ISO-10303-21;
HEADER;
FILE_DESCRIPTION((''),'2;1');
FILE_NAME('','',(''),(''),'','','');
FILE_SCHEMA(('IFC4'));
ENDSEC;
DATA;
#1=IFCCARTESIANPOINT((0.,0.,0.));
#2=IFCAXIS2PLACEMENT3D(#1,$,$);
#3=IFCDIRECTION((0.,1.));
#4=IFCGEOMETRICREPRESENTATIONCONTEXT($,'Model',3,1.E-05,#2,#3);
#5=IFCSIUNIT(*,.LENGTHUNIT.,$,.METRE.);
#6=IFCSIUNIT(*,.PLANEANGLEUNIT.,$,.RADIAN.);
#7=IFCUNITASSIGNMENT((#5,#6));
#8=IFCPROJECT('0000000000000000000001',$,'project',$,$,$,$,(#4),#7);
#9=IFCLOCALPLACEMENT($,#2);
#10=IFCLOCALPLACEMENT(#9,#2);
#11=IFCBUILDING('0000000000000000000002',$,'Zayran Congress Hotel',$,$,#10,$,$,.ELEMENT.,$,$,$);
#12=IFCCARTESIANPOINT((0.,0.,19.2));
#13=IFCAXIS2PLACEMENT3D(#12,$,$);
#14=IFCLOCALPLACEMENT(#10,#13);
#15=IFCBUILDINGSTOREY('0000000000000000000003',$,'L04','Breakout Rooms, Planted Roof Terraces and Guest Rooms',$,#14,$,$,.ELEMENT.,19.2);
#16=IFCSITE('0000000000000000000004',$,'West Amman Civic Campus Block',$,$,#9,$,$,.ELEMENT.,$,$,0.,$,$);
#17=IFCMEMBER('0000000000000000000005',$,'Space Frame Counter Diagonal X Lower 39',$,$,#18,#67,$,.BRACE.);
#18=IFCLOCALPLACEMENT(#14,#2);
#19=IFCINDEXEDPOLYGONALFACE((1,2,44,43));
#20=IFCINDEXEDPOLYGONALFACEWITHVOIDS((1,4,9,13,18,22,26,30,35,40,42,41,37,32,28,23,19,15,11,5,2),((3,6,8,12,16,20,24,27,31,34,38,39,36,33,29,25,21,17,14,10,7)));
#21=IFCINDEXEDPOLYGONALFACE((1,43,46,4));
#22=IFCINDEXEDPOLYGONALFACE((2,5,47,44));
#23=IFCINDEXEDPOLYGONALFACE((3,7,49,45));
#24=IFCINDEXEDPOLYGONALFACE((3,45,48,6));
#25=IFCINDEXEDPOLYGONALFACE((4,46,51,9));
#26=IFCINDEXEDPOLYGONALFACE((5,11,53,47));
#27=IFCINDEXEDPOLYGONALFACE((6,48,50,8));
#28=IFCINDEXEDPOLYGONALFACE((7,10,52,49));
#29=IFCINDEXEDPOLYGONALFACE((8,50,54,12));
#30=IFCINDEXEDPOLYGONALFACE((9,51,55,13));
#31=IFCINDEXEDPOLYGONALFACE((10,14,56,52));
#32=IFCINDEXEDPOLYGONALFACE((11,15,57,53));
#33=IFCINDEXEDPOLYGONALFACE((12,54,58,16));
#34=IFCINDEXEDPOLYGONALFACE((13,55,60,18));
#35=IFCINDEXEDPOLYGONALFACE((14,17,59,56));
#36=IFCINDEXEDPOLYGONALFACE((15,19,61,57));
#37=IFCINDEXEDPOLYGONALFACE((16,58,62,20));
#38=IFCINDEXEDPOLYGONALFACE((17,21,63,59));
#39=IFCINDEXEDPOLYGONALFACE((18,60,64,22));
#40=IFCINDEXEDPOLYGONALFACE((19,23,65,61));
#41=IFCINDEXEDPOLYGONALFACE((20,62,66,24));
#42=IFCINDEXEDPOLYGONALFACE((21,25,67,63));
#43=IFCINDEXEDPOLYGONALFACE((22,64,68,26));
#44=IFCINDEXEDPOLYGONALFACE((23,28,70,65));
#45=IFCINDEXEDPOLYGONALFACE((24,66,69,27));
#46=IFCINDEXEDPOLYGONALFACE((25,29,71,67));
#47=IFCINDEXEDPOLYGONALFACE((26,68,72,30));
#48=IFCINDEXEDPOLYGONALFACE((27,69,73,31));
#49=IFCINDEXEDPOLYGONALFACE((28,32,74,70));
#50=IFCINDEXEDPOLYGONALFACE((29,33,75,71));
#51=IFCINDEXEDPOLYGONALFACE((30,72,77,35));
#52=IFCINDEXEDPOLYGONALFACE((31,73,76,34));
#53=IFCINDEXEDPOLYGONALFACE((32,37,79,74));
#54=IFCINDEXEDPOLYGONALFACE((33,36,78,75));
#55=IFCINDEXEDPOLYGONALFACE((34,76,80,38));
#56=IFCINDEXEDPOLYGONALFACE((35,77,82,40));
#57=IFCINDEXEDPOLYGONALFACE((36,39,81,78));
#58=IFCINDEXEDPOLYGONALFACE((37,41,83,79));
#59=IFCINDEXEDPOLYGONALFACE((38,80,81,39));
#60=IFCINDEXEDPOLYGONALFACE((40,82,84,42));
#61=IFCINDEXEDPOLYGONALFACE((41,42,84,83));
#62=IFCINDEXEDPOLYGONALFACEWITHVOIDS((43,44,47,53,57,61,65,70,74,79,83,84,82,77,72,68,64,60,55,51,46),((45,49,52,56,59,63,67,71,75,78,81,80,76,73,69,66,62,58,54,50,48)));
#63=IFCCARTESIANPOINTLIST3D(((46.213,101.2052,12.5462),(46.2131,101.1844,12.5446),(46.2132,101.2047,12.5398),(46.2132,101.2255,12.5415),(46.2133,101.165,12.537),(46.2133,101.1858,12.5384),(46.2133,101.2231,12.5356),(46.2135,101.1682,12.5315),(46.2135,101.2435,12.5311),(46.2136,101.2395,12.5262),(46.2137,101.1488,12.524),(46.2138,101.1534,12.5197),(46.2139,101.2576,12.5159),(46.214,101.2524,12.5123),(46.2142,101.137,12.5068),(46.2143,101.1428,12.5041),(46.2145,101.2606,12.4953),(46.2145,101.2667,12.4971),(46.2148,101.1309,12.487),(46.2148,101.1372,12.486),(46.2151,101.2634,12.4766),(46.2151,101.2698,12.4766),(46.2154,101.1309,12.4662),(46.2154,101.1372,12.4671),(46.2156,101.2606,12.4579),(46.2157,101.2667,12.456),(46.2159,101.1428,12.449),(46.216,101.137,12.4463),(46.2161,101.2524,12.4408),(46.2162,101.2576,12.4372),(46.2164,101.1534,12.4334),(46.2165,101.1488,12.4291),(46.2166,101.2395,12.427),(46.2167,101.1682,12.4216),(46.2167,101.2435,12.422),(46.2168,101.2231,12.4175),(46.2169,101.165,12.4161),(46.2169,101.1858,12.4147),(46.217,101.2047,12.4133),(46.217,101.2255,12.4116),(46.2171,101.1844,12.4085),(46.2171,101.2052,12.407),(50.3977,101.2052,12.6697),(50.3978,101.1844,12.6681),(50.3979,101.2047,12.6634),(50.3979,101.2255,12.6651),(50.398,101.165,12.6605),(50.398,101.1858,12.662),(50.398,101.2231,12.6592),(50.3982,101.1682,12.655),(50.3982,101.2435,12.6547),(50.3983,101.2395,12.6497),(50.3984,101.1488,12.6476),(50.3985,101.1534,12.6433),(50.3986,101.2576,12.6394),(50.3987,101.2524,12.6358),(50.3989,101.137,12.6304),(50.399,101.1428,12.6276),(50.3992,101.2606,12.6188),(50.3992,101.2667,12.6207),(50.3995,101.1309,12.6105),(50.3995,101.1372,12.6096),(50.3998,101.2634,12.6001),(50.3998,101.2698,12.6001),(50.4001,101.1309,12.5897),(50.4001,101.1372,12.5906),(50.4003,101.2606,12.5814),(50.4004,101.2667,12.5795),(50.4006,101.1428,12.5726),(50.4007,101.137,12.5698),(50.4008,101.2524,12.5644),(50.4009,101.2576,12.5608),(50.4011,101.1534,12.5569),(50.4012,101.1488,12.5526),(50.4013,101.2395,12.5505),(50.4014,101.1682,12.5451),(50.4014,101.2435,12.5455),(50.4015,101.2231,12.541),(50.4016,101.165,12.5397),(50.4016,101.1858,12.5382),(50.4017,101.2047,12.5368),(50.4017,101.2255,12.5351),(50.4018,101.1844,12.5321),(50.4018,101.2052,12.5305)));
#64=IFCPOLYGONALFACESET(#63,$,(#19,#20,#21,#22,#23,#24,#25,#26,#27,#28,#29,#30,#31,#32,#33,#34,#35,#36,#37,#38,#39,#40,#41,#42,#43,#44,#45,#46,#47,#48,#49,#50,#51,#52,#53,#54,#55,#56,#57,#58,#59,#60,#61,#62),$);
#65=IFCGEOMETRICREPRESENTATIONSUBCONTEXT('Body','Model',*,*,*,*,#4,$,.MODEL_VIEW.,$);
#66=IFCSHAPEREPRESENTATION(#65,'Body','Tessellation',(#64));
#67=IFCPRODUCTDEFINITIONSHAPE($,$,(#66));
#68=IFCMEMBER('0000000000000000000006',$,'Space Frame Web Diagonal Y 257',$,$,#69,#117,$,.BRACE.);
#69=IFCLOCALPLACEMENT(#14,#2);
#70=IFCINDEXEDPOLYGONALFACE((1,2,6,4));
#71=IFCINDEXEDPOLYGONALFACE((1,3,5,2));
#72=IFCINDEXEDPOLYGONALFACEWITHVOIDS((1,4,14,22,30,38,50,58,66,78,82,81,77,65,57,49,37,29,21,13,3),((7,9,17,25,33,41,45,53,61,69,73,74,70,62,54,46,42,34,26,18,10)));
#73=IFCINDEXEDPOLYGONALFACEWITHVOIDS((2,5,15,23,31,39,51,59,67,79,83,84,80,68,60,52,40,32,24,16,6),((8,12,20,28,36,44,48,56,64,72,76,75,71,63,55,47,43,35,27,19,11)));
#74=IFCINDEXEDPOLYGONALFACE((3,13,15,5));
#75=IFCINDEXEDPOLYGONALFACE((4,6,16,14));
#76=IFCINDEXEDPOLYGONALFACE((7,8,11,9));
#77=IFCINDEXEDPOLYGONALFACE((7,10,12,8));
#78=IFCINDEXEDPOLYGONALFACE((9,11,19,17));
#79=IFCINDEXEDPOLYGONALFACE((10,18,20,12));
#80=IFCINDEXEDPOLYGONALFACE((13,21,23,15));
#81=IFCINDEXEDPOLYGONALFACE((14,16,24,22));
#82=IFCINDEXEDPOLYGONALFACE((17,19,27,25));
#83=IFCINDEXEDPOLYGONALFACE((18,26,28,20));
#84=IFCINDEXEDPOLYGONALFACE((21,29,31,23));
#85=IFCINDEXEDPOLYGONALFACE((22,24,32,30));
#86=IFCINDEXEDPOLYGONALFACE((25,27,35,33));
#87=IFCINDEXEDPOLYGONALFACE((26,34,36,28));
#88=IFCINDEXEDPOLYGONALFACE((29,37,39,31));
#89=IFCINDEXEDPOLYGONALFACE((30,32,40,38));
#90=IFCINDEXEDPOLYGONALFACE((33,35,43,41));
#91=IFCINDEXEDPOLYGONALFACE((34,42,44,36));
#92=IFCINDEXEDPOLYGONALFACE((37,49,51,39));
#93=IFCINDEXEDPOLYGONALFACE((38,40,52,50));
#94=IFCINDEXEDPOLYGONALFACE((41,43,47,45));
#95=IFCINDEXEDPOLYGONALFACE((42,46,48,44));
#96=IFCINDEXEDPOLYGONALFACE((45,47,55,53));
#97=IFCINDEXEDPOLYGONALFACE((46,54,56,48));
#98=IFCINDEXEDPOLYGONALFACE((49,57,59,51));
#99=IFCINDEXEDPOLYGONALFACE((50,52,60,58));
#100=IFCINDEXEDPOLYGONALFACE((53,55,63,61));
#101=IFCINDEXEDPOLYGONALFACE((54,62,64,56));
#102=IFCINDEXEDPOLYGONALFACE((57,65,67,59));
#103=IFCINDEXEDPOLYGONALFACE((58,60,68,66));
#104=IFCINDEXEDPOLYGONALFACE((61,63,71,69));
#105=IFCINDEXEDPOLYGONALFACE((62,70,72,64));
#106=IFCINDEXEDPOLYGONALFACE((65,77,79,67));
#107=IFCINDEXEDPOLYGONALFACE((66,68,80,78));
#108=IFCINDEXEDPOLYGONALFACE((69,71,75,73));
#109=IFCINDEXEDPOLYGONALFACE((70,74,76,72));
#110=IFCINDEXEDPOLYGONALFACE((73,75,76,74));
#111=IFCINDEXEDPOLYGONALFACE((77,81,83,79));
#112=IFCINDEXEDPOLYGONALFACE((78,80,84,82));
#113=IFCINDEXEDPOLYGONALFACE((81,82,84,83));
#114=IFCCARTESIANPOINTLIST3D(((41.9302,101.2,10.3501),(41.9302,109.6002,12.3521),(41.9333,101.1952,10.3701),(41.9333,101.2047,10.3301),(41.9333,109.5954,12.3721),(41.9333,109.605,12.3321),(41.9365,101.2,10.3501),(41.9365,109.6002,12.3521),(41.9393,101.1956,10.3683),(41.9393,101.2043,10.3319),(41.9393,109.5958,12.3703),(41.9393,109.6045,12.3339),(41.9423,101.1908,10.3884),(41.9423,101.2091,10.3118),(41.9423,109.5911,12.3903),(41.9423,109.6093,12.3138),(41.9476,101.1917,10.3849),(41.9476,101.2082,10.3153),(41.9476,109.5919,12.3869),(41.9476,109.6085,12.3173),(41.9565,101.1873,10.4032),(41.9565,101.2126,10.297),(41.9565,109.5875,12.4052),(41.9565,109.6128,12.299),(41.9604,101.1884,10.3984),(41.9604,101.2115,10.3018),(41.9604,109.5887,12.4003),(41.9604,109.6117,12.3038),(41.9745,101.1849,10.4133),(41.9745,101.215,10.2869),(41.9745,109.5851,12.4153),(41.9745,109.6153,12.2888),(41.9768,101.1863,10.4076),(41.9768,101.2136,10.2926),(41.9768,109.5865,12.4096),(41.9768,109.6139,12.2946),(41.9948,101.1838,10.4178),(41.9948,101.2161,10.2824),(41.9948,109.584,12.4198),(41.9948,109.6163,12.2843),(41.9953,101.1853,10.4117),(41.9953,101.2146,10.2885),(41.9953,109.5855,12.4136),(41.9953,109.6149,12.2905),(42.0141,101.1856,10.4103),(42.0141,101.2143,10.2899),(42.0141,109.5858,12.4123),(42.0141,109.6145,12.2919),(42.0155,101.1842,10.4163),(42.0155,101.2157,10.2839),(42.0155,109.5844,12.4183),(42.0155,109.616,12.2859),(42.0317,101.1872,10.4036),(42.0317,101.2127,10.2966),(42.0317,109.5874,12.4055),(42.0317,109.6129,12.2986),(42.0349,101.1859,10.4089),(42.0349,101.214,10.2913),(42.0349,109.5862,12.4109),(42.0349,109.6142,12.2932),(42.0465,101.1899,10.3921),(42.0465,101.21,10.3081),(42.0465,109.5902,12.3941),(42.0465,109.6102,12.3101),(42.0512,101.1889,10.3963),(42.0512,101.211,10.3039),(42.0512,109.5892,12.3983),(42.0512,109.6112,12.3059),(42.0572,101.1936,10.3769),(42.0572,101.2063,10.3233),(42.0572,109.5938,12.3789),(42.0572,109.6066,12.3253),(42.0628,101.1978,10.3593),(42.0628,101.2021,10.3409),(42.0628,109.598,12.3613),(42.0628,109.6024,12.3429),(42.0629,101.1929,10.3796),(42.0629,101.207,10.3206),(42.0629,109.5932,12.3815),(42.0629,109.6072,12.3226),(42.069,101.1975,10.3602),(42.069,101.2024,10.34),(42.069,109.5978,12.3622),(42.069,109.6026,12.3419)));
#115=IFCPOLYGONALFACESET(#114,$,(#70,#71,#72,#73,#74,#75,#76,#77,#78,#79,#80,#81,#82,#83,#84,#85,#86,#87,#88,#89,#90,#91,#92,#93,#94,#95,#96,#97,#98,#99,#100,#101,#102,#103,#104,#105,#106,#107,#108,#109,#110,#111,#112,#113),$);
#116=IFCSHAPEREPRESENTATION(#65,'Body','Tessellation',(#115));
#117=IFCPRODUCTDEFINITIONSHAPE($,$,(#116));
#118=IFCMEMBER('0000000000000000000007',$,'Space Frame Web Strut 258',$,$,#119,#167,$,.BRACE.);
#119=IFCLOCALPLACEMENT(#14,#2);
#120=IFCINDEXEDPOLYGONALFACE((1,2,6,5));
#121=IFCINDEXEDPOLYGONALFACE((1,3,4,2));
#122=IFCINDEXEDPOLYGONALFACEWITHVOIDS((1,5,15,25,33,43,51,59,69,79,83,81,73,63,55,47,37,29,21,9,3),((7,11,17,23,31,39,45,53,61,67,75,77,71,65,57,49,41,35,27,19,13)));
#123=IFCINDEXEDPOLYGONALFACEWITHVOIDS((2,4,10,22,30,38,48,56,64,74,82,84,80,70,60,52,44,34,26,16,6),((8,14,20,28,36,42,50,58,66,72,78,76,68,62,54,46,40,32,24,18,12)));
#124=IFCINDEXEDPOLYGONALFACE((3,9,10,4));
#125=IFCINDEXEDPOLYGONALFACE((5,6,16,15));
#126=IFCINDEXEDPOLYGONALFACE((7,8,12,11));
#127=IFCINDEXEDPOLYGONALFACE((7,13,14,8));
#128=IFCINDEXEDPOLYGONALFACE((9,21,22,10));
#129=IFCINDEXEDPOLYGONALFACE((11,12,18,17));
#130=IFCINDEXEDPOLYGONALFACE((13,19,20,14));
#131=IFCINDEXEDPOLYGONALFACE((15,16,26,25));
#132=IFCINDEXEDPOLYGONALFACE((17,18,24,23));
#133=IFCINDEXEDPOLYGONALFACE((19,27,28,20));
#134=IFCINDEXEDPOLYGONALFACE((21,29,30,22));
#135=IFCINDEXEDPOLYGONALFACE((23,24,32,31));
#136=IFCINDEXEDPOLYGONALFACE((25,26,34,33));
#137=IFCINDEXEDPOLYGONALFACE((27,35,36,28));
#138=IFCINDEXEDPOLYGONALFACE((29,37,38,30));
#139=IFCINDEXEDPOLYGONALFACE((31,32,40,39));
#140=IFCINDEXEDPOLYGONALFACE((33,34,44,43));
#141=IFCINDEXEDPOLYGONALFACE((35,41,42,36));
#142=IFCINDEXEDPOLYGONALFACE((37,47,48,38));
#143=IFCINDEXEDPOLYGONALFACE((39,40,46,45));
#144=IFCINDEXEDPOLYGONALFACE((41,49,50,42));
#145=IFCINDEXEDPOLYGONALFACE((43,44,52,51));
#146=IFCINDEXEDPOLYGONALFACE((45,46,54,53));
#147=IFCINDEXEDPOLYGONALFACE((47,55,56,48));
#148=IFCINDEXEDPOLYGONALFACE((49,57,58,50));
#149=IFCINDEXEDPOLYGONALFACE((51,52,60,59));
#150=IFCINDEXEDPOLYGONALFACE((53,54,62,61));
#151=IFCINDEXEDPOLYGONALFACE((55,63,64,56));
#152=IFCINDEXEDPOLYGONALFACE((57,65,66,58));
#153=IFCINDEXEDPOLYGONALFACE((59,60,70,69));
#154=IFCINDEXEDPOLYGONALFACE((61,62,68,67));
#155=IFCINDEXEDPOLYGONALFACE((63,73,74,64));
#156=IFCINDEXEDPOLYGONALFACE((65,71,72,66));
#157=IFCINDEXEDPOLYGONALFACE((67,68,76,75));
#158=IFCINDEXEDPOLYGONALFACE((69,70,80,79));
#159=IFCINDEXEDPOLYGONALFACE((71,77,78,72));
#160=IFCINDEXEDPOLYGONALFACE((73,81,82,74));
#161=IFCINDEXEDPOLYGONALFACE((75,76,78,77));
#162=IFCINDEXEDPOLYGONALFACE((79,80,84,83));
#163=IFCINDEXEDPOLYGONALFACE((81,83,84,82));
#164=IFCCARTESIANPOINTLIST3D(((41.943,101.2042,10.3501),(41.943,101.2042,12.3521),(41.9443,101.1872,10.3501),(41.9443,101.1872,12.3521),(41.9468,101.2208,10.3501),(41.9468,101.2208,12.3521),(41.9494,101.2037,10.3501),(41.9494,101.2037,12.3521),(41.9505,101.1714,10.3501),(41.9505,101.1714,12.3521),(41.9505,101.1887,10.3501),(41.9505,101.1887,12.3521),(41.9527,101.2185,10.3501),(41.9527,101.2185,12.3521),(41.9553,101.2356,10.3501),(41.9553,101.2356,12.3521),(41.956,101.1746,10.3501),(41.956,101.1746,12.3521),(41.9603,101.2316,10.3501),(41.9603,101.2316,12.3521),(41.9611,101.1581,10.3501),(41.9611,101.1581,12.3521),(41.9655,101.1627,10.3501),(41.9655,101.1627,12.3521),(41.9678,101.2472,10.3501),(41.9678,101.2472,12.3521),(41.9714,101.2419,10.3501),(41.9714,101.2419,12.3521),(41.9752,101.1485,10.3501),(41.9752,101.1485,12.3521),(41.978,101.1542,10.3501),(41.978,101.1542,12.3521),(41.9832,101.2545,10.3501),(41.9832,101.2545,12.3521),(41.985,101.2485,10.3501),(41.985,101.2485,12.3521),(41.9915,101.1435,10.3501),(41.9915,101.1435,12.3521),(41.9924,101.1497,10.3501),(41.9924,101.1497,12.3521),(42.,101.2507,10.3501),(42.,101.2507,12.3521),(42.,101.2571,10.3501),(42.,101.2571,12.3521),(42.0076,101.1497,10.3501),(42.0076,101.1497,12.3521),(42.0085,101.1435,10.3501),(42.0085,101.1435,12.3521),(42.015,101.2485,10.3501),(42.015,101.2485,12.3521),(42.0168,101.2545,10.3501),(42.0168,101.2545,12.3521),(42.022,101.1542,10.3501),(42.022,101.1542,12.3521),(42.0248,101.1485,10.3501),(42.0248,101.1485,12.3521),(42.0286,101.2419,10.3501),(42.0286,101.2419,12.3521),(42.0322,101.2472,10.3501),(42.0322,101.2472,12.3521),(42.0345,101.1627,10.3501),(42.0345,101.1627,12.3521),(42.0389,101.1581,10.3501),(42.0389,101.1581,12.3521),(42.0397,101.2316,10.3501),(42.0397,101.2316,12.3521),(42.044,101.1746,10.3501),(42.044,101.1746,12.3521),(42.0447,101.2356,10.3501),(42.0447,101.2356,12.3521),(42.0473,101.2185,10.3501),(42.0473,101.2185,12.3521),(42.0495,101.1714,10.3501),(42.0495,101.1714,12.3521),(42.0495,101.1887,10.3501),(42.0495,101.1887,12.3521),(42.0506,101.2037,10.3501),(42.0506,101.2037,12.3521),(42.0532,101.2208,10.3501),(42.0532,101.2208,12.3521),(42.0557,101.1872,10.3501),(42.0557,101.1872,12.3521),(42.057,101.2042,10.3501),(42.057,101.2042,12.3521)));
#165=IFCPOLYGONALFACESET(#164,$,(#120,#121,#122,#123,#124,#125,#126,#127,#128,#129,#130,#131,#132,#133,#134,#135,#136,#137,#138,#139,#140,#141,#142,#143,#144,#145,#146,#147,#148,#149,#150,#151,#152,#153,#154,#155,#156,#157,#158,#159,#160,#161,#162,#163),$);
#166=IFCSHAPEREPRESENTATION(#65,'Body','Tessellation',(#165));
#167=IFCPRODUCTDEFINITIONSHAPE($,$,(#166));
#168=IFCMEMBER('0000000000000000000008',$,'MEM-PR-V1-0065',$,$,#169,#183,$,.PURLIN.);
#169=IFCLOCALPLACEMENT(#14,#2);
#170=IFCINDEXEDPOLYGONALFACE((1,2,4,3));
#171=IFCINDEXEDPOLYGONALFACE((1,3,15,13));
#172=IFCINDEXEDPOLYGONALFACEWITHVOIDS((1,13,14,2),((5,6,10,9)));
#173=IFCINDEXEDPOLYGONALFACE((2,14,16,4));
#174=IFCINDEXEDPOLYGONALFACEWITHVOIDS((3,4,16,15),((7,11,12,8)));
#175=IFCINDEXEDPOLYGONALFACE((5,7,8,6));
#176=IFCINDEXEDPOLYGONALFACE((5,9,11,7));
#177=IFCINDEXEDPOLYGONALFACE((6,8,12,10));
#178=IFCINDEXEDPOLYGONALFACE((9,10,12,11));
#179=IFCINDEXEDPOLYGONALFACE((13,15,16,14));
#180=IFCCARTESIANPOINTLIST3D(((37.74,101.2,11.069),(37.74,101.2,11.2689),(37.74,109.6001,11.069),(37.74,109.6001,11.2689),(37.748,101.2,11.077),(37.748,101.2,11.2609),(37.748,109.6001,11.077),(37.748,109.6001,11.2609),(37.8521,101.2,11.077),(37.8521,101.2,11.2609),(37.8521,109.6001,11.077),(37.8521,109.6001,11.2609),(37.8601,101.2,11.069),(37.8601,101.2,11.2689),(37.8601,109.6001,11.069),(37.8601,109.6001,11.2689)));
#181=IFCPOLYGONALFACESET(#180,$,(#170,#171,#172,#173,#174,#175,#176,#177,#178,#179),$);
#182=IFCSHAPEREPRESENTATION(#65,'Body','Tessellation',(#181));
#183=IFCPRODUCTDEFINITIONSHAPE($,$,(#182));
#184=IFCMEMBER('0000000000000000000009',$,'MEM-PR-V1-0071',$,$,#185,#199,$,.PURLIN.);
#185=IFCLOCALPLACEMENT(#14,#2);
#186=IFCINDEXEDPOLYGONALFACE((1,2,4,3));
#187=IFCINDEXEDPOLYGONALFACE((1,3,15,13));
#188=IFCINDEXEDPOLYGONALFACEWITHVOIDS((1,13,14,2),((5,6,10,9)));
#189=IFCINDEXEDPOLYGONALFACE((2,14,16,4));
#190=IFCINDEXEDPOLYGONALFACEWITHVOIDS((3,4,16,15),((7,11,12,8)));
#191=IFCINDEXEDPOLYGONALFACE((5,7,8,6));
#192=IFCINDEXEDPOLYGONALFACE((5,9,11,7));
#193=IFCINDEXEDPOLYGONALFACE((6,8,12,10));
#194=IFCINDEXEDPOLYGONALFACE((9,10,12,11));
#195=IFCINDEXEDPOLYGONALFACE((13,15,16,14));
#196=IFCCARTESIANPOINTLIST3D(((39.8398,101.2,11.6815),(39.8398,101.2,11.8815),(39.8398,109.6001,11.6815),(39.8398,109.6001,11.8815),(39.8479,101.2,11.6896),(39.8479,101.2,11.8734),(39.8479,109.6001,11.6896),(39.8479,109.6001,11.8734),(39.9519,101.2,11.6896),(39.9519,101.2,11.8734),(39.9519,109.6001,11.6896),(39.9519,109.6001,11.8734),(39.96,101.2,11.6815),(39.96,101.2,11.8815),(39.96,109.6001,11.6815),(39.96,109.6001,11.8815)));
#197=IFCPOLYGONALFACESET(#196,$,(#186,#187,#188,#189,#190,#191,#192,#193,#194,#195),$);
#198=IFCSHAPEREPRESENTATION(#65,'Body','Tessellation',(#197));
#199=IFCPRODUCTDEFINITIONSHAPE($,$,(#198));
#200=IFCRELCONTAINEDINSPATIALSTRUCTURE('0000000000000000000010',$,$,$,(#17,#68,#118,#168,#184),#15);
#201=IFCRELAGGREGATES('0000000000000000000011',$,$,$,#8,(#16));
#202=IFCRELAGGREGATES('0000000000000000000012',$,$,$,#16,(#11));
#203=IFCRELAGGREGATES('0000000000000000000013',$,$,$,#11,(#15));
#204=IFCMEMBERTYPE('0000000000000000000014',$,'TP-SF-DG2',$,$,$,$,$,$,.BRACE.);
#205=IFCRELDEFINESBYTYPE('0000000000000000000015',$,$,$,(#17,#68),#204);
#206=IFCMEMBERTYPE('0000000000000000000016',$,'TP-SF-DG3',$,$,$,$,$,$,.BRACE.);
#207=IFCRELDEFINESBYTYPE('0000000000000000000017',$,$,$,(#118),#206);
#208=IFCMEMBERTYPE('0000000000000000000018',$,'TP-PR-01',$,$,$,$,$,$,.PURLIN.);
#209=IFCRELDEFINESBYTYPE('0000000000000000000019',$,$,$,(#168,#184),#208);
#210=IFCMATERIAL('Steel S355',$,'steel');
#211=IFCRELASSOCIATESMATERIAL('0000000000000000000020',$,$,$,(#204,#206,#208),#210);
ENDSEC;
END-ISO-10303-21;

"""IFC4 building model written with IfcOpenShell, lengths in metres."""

from ifc_helpers import new_model, si_unit, direction, frame, origin, origin_2d, place, context, subcontext, project, spatial, hollow_rectangle, hollow_circle, extrude, material, material_profile, profile_set, type_object, element, save


model = new_model("IFC4")

# Units and contexts
model_context = context("Model", 3, precision=1e-05, world=origin(), true_north=direction((0.0, 1.0)))
body_context = subcontext(model_context, "Body", "Model", "MODEL_VIEW")
ifc_project = project(units=[si_unit("LENGTHUNIT", "METRE"), si_unit("PLANEANGLEUNIT", "RADIAN")], contexts=[model_context])

# Site, building, storey
site_placement = place(None, origin())
site = spatial("IfcSite", under=ifc_project, at=site_placement, Name="West Amman Civic Campus Block", CompositionType="ELEMENT", RefElevation=0.0)
building_placement = place(site_placement, origin())
building = spatial("IfcBuilding", under=site, at=building_placement, Name="Zayran Congress Hotel", CompositionType="ELEMENT")
storey_placement = place(building_placement, frame((0.0, 0.0, 19.2)))
storey = spatial("IfcBuildingStorey", under=building, at=storey_placement, Name="L04", Description="Breakout Rooms, Planted Roof Terraces and Guest Rooms", CompositionType="ELEMENT", Elevation=19.2)

# Members
ifc_material_1 = material(Name="Steel S355", Category="steel")
ifc_material_profile_1 = material_profile(ifc_material_1, hollow_circle(Radius=0.0698, WallThickness=0.0063, at=origin_2d()), Name="CHS 139.7x6.3")
ifc_profile_set_1 = profile_set([ifc_material_profile_1], Name="Steel S355")
member_type_1 = type_object("IfcMemberType", Name="TP-SF-DG2", PredefinedType="BRACE", material=ifc_profile_set_1)
member_1_placement = place(storey_placement, frame((46.2151, 101.2, 12.4766), z_axis=(0.999565, 0.0, 0.029507), x_axis=(0.0, 1.0, 0.0)))
element("IfcMember", 1, at=member_1_placement, inside=storey, type_object=member_type_1, Name="Space Frame Counter Diagonal X Lower 39", PredefinedType="BRACE", context=body_context, shape_type="SweptSolid", body=[
    extrude(hollow_circle(Radius=0.0698, WallThickness=0.0063, at=origin_2d()), origin(), (0.0, 0.0, 1.0), 4.1865),
])
member_2_placement = place(storey_placement, frame((42.0, 101.2, 10.3501), z_axis=(0.0, 0.972756, 0.231831), x_axis=(-1.0, 0.0, 0.0)))
element("IfcMember", 2, at=member_2_placement, inside=storey, type_object=member_type_1, Name="Space Frame Web Diagonal Y 257", PredefinedType="BRACE", context=body_context, shape_type="SweptSolid", body=[
    extrude(hollow_circle(Radius=0.0698, WallThickness=0.0063, at=origin_2d()), origin(), (0.0, 0.0, 1.0), 8.6355),
])
ifc_material_profile_2 = material_profile(ifc_material_1, hollow_circle(Radius=0.0571, WallThickness=0.0063, at=origin_2d()), Name="CHS 114.3x6.3")
ifc_profile_set_2 = profile_set([ifc_material_profile_2], Name="Steel S355")
member_type_2 = type_object("IfcMemberType", Name="TP-SF-DG3", PredefinedType="BRACE", material=ifc_profile_set_2)
member_3_placement = place(storey_placement, frame((42.0, 101.2, 10.3501), z_axis=(0.0, 0.0, 1.0), x_axis=(0.0, 1.0, 0.0)))
element("IfcMember", 3, at=member_3_placement, inside=storey, type_object=member_type_2, Name="Space Frame Web Strut 258", PredefinedType="BRACE", context=body_context, shape_type="SweptSolid", body=[
    extrude(hollow_circle(Radius=0.0571, WallThickness=0.0063, at=origin_2d()), origin(), (0.0, 0.0, 1.0), 2.002),
])
ifc_material_profile_3 = material_profile(ifc_material_1, hollow_rectangle(XDim=0.1201, YDim=0.2, WallThickness=0.0081, at=origin_2d()), Name="RHS 200x120x8")
ifc_profile_set_3 = profile_set([ifc_material_profile_3], Name="Steel S355")
member_type_3 = type_object("IfcMemberType", Name="TP-PR-01", PredefinedType="PURLIN", material=ifc_profile_set_3)
for number, where, z_axis, x_axis, name in (
    (4, (37.8, 101.2, 11.1689), (0.0, 1.0, 0.0), (-1.0, 0.0, 0.0), "MEM-PR-V1-0065"),
    (5, (39.8999, 101.2, 11.7815), (0.0, 1.0, 0.0), (-1.0, 0.0, 0.0), "MEM-PR-V1-0071"),
):
    element("IfcMember", number, at=place(storey_placement, frame(where, z_axis=z_axis, x_axis=x_axis)), inside=storey, type_object=member_type_3, Name=name, PredefinedType="PURLIN", context=body_context, shape_type="SweptSolid", body=[
        extrude(hollow_rectangle(XDim=0.1201, YDim=0.2, WallThickness=0.0081, at=origin_2d()), origin(), (0.0, 0.0, 1.0), 8.4001),
    ])

save(model, "model.ifc")
